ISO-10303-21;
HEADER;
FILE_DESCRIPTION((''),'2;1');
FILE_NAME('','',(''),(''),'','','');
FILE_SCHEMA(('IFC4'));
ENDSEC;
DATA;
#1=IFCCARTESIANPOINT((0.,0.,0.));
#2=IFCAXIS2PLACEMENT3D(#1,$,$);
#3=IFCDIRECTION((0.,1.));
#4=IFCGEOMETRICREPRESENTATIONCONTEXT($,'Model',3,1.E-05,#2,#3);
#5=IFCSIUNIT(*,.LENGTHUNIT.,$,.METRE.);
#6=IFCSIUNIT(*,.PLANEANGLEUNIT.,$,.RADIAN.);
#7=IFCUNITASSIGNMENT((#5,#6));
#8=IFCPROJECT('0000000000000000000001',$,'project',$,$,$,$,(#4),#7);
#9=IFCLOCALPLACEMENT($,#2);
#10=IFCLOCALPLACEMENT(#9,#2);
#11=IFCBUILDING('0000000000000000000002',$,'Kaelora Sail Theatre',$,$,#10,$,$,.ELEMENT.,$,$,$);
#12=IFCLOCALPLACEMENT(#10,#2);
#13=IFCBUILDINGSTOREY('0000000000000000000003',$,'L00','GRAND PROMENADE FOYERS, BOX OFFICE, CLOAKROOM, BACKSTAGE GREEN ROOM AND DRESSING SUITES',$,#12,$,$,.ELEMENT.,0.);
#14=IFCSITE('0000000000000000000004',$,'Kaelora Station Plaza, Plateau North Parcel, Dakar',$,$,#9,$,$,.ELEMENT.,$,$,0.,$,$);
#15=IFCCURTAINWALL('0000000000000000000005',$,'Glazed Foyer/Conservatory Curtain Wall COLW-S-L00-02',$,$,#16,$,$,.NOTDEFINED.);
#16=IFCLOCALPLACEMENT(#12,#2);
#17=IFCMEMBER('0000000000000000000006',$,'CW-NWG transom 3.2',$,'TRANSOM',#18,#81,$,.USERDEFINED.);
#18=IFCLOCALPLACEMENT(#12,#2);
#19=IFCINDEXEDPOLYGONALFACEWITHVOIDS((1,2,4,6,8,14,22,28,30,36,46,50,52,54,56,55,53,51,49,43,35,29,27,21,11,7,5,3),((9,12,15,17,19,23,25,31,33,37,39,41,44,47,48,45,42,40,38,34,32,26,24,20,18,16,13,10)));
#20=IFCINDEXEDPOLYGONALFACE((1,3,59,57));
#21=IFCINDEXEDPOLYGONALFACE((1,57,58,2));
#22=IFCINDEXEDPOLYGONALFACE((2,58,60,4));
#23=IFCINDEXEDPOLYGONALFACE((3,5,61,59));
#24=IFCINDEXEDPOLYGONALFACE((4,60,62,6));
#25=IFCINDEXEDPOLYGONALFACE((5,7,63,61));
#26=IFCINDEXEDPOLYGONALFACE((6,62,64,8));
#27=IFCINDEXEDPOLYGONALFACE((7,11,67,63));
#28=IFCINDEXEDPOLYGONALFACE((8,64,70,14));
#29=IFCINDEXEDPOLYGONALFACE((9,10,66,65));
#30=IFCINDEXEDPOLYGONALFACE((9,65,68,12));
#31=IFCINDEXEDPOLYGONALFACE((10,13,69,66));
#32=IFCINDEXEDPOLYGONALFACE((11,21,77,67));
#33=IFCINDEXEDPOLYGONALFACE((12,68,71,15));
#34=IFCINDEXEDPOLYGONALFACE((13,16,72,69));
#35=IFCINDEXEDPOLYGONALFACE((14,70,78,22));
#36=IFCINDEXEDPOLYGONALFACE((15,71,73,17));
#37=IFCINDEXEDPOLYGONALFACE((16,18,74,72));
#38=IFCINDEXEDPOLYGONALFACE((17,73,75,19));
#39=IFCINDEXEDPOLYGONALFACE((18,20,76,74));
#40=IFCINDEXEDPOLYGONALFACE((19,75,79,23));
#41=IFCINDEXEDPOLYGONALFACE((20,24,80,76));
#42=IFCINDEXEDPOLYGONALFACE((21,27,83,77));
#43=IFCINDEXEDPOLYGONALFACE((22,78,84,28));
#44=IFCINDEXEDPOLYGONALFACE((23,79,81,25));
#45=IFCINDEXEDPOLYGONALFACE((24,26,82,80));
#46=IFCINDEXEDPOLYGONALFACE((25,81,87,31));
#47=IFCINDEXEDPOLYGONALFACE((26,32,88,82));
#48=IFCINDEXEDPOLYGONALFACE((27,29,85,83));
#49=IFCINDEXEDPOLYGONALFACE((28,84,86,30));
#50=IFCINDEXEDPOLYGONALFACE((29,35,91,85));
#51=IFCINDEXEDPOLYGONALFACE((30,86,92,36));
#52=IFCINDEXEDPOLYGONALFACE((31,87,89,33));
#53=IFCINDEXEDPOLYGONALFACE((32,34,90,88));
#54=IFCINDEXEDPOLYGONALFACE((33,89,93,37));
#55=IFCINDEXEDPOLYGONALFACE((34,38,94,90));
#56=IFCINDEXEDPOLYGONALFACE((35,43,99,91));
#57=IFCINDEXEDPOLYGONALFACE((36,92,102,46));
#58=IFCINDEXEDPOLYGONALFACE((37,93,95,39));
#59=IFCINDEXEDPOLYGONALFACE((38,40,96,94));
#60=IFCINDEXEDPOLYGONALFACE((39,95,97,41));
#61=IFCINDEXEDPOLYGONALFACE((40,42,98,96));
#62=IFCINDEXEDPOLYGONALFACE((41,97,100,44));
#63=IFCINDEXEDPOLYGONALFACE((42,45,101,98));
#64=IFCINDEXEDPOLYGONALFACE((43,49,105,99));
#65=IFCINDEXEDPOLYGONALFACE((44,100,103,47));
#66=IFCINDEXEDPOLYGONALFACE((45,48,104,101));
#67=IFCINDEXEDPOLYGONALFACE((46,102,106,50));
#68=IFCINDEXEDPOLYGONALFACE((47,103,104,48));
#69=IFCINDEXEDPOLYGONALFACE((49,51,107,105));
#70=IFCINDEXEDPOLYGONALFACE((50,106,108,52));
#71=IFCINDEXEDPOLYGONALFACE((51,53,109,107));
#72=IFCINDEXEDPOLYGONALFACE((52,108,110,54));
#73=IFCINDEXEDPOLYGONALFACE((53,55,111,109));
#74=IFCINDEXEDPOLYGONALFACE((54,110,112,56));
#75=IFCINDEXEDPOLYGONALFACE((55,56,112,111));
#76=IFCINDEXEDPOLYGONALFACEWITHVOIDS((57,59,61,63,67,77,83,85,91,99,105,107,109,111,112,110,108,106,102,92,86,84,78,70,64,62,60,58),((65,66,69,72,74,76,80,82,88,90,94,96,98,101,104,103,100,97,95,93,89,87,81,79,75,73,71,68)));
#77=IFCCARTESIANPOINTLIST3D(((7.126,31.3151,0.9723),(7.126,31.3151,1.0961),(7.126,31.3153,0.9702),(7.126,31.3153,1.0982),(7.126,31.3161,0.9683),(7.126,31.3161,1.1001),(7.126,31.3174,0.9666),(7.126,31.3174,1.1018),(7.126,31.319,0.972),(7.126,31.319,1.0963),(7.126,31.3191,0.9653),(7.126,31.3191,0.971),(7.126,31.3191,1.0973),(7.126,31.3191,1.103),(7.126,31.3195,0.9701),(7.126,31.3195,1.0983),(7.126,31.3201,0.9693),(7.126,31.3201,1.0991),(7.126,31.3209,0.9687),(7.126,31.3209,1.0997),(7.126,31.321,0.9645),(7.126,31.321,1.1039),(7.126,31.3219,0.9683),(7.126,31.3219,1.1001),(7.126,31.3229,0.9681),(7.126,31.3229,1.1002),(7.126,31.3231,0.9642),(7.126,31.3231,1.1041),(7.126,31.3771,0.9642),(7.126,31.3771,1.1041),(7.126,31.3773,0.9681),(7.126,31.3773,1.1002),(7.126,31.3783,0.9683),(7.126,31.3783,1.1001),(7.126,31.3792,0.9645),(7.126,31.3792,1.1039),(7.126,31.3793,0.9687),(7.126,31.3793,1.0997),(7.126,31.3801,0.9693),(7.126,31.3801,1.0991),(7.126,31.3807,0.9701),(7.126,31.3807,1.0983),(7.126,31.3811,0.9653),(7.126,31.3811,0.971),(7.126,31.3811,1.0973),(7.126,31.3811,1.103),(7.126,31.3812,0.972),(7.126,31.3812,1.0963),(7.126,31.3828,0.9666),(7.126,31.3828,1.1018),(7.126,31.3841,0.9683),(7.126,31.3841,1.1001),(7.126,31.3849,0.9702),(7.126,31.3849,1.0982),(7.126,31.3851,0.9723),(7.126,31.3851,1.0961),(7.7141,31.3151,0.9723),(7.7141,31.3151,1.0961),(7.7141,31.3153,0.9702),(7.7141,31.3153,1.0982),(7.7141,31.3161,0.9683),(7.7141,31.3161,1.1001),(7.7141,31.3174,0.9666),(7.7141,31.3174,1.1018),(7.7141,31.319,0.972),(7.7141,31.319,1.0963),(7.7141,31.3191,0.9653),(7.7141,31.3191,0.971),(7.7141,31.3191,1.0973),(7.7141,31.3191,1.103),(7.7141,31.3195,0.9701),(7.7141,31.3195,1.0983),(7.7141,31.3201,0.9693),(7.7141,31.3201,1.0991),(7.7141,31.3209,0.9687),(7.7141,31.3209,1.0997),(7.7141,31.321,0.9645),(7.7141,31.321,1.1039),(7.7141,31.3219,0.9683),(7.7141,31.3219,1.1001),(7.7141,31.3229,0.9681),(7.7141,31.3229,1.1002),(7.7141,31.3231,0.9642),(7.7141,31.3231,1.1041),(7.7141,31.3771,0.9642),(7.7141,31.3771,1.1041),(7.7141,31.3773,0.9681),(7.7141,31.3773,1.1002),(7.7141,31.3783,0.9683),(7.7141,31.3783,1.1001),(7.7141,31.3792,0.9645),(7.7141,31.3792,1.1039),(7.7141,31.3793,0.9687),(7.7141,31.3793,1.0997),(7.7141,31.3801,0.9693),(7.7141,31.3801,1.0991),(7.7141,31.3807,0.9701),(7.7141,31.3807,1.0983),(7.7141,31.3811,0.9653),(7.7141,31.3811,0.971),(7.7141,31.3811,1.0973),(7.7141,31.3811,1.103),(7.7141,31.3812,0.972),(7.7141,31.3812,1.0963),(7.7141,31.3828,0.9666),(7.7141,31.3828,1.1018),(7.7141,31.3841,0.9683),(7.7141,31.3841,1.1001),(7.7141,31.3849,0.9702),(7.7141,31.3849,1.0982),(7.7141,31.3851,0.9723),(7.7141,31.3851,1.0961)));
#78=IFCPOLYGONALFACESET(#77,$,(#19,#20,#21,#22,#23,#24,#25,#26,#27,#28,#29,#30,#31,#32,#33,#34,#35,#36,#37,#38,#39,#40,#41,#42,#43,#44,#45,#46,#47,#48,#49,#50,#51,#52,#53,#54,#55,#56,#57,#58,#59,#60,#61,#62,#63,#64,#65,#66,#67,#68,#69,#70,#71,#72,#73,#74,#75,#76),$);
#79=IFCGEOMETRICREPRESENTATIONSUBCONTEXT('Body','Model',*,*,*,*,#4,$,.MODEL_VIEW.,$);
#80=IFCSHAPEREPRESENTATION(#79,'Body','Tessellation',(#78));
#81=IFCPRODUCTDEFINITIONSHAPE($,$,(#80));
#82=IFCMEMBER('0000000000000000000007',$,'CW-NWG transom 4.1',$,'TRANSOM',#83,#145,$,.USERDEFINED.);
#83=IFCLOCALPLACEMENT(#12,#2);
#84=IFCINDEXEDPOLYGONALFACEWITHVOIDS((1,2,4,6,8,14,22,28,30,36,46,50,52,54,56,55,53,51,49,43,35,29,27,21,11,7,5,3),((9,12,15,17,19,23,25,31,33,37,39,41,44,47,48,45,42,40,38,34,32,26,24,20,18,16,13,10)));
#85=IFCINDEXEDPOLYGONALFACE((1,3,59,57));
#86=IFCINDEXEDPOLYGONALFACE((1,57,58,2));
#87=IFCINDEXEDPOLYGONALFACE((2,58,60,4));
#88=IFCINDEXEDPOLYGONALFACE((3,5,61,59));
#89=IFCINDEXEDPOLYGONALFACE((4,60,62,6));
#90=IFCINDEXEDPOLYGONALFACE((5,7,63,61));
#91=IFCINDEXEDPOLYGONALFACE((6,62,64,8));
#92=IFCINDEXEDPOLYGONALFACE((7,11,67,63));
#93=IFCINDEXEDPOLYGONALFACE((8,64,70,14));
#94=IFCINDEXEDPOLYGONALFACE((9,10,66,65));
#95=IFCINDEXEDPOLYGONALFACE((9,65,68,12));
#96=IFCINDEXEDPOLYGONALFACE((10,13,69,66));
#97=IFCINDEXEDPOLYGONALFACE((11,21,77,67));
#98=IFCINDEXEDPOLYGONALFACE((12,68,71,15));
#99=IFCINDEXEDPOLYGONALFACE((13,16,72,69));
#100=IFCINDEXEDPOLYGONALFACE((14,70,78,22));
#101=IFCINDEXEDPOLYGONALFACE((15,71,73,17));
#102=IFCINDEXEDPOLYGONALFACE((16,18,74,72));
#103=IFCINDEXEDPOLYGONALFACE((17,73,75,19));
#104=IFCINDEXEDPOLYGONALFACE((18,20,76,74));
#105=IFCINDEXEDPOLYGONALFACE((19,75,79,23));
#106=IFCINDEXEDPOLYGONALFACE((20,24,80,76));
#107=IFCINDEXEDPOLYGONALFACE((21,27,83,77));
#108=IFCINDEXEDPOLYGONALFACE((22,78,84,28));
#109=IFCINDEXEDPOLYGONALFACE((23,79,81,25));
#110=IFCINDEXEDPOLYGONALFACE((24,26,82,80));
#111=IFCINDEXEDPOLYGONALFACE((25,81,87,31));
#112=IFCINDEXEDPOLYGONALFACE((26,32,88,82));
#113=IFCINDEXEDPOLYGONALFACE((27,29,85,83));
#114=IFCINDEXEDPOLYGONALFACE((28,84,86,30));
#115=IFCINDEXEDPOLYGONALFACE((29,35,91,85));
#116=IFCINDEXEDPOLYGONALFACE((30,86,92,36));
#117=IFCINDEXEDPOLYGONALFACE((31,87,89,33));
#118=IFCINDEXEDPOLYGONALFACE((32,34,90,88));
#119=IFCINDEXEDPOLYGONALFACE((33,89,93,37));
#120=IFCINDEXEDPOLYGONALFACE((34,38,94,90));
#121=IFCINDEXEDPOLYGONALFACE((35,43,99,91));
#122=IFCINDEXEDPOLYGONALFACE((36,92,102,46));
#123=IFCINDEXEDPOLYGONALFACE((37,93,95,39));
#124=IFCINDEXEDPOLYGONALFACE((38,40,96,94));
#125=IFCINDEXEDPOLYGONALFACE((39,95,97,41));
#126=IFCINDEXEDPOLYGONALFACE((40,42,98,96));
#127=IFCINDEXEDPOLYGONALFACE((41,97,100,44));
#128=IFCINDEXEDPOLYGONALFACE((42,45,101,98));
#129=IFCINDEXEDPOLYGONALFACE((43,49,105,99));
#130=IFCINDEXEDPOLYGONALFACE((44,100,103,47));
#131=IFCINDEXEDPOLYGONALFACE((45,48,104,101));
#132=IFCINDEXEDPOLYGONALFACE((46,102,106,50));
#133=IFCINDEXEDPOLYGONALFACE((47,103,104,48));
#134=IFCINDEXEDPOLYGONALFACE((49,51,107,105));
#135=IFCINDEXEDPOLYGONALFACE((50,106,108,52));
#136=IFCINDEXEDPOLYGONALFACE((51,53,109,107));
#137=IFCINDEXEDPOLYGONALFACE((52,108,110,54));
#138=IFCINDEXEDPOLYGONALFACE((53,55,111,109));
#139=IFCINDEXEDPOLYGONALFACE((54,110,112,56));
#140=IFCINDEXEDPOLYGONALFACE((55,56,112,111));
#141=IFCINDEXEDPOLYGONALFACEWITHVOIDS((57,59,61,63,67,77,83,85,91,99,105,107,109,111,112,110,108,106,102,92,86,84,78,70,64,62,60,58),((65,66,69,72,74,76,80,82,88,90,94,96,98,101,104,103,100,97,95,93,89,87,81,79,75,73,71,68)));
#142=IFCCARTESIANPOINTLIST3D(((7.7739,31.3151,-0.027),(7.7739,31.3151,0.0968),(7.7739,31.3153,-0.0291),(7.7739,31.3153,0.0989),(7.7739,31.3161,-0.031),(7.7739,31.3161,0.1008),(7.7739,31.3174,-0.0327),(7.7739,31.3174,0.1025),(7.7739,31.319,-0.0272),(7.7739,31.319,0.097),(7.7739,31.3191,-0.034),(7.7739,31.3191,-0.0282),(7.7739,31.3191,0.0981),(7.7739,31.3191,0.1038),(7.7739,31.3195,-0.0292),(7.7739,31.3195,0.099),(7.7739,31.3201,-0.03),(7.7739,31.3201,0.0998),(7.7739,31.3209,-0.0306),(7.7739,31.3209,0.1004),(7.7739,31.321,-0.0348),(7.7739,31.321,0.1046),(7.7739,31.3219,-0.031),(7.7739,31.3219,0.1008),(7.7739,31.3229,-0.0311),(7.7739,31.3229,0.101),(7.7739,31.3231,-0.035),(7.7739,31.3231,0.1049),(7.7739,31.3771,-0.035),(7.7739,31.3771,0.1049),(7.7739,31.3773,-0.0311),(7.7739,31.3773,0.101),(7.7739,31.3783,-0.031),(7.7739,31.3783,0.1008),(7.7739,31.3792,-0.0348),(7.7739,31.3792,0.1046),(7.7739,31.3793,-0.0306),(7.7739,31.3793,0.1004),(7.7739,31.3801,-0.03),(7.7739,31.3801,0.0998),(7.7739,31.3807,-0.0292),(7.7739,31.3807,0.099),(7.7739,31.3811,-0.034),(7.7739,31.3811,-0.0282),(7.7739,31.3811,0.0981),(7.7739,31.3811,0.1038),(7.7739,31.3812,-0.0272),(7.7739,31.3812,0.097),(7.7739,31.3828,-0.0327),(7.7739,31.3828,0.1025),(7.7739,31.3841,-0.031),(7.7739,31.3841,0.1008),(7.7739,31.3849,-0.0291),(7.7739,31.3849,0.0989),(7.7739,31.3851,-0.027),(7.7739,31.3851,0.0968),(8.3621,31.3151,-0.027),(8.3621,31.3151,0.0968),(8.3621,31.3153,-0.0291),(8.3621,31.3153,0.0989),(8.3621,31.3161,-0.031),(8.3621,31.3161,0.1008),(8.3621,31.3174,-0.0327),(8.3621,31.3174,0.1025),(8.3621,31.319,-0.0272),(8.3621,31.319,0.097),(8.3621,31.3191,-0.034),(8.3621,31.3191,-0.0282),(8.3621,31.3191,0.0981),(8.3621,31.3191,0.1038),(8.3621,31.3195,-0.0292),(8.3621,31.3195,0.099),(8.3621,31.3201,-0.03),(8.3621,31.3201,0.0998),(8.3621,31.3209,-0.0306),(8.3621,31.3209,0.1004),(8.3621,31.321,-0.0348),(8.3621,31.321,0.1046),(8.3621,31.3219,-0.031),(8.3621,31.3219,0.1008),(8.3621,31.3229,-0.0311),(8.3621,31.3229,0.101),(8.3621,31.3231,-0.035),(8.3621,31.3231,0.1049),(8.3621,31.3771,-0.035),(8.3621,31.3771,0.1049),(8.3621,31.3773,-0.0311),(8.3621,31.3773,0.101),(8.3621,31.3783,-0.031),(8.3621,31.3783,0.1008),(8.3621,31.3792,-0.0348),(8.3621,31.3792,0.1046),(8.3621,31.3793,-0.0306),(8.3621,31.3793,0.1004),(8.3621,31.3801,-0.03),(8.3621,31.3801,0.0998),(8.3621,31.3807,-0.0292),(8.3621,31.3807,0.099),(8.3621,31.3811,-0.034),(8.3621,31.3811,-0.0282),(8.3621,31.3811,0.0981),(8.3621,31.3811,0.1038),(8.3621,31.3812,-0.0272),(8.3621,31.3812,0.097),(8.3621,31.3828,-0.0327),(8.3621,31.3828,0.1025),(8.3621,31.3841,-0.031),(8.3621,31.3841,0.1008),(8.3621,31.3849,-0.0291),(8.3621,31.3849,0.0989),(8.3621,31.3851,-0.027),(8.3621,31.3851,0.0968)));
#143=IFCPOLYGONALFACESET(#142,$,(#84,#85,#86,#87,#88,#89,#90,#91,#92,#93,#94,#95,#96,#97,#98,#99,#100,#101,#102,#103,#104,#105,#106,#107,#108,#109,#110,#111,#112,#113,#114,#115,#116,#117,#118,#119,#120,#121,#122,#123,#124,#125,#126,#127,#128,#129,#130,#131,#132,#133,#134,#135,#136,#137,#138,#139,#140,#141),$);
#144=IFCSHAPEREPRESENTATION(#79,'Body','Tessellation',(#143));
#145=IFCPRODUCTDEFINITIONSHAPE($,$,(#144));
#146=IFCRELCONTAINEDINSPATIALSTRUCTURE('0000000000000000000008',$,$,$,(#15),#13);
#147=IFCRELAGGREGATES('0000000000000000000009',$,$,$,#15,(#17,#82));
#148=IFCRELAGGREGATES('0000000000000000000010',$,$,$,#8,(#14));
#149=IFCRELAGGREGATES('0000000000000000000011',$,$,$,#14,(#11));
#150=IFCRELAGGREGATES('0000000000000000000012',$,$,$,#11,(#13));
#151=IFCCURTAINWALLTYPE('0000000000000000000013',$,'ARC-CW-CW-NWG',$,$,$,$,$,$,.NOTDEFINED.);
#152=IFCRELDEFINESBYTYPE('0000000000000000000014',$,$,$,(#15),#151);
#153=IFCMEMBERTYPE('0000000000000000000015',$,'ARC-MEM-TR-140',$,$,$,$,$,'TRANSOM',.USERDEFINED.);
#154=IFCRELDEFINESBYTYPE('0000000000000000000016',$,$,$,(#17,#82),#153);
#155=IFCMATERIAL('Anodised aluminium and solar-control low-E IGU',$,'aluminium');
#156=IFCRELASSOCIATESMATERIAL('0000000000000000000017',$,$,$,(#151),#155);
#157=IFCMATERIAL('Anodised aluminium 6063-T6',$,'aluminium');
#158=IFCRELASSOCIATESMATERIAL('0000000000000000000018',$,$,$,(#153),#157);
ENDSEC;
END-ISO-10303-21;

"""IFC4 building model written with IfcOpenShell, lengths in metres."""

from ifc_helpers import new_model, si_unit, direction, frame, origin, origin_2d, place, context, subcontext, project, spatial, hollow_rectangle, extrude, material, material_profile, profile_set, type_object, element, aggregate, save


model = new_model("IFC4")

# Units and contexts
model_context = context("Model", 3, precision=1e-05, world=origin(), true_north=direction((0.0, 1.0)))
body_context = subcontext(model_context, "Body", "Model", "MODEL_VIEW")
ifc_project = project(units=[si_unit("LENGTHUNIT", "METRE"), si_unit("PLANEANGLEUNIT", "RADIAN")], contexts=[model_context])

# Site, building, storey
site_placement = place(None, origin())
site = spatial("IfcSite", under=ifc_project, at=site_placement, Name="Kaelora Station Plaza, Plateau North Parcel, Dakar", CompositionType="ELEMENT", RefElevation=0.0)
building_placement = place(site_placement, origin())
building = spatial("IfcBuilding", under=site, at=building_placement, Name="Kaelora Sail Theatre", CompositionType="ELEMENT")
storey_placement = place(building_placement, origin())
storey = spatial("IfcBuildingStorey", under=building, at=storey_placement, Name="L00", Description="GRAND PROMENADE FOYERS, BOX OFFICE, CLOAKROOM, BACKSTAGE GREEN ROOM AND DRESSING SUITES", CompositionType="ELEMENT", Elevation=0.0)

# Shared definitions
ifc_material_1 = material(Name="Anodised aluminium and solar-control low-E IGU", Category="aluminium")
curtain_wall_type = type_object("IfcCurtainWallType", Name="ARC-CW-CW-NWG", PredefinedType="NOTDEFINED", material=ifc_material_1)

# Curtain wall, members
curtain_wall_1_placement = place(storey_placement, origin())
curtain_wall_1 = element("IfcCurtainWall", 1, at=curtain_wall_1_placement, inside=storey, type_object=curtain_wall_type, Name="Glazed Foyer/Conservatory Curtain Wall COLW-S-L00-02", PredefinedType="NOTDEFINED")
ifc_material_2 = material(Name="Anodised aluminium 6063-T6", Category="aluminium")
ifc_material_profile_1 = material_profile(ifc_material_2, hollow_rectangle(XDim=0.0701, YDim=0.1399, WallThickness=0.0039, InnerFilletRadius=0.0039, OuterFilletRadius=0.0081, at=origin_2d()), Name="ALU-TRAN 70x140x4")
ifc_profile_set_1 = profile_set([ifc_material_profile_1], Name="Anodised aluminium 6063-T6")
member_type_1 = type_object("IfcMemberType", Name="ARC-MEM-TR-140", ElementType="TRANSOM", PredefinedType="USERDEFINED", material=ifc_profile_set_1)
member_1_placement = place(storey_placement, frame((7.126, 31.3501, 1.0342), z_axis=(1.0, 0.0, 0.0), x_axis=(0.0, 1.0, 0.0)))
member_1 = element("IfcMember", 2, at=member_1_placement, type_object=member_type_1, Name="CW-NWG transom 3.2", ObjectType="TRANSOM", PredefinedType="USERDEFINED", context=body_context, shape_type="SweptSolid", body=[
    extrude(hollow_rectangle(XDim=0.0701, YDim=0.1399, WallThickness=0.0039, InnerFilletRadius=0.0039, OuterFilletRadius=0.0081, at=origin_2d()), origin(), (0.0, 0.0, 1.0), 0.5881),
])
member_2_placement = place(storey_placement, frame((7.7739, 31.3501, 0.0349), z_axis=(1.0, 0.0, 0.0), x_axis=(0.0, 1.0, 0.0)))
member_2 = element("IfcMember", 3, at=member_2_placement, type_object=member_type_1, Name="CW-NWG transom 4.1", ObjectType="TRANSOM", PredefinedType="USERDEFINED", context=body_context, shape_type="SweptSolid", body=[
    extrude(hollow_rectangle(XDim=0.0701, YDim=0.1399, WallThickness=0.0039, InnerFilletRadius=0.0039, OuterFilletRadius=0.0081, at=origin_2d()), origin(), (0.0, 0.0, 1.0), 0.5881),
])

aggregate(curtain_wall_1, [member_1, member_2])

save(model, "model.ifc")
